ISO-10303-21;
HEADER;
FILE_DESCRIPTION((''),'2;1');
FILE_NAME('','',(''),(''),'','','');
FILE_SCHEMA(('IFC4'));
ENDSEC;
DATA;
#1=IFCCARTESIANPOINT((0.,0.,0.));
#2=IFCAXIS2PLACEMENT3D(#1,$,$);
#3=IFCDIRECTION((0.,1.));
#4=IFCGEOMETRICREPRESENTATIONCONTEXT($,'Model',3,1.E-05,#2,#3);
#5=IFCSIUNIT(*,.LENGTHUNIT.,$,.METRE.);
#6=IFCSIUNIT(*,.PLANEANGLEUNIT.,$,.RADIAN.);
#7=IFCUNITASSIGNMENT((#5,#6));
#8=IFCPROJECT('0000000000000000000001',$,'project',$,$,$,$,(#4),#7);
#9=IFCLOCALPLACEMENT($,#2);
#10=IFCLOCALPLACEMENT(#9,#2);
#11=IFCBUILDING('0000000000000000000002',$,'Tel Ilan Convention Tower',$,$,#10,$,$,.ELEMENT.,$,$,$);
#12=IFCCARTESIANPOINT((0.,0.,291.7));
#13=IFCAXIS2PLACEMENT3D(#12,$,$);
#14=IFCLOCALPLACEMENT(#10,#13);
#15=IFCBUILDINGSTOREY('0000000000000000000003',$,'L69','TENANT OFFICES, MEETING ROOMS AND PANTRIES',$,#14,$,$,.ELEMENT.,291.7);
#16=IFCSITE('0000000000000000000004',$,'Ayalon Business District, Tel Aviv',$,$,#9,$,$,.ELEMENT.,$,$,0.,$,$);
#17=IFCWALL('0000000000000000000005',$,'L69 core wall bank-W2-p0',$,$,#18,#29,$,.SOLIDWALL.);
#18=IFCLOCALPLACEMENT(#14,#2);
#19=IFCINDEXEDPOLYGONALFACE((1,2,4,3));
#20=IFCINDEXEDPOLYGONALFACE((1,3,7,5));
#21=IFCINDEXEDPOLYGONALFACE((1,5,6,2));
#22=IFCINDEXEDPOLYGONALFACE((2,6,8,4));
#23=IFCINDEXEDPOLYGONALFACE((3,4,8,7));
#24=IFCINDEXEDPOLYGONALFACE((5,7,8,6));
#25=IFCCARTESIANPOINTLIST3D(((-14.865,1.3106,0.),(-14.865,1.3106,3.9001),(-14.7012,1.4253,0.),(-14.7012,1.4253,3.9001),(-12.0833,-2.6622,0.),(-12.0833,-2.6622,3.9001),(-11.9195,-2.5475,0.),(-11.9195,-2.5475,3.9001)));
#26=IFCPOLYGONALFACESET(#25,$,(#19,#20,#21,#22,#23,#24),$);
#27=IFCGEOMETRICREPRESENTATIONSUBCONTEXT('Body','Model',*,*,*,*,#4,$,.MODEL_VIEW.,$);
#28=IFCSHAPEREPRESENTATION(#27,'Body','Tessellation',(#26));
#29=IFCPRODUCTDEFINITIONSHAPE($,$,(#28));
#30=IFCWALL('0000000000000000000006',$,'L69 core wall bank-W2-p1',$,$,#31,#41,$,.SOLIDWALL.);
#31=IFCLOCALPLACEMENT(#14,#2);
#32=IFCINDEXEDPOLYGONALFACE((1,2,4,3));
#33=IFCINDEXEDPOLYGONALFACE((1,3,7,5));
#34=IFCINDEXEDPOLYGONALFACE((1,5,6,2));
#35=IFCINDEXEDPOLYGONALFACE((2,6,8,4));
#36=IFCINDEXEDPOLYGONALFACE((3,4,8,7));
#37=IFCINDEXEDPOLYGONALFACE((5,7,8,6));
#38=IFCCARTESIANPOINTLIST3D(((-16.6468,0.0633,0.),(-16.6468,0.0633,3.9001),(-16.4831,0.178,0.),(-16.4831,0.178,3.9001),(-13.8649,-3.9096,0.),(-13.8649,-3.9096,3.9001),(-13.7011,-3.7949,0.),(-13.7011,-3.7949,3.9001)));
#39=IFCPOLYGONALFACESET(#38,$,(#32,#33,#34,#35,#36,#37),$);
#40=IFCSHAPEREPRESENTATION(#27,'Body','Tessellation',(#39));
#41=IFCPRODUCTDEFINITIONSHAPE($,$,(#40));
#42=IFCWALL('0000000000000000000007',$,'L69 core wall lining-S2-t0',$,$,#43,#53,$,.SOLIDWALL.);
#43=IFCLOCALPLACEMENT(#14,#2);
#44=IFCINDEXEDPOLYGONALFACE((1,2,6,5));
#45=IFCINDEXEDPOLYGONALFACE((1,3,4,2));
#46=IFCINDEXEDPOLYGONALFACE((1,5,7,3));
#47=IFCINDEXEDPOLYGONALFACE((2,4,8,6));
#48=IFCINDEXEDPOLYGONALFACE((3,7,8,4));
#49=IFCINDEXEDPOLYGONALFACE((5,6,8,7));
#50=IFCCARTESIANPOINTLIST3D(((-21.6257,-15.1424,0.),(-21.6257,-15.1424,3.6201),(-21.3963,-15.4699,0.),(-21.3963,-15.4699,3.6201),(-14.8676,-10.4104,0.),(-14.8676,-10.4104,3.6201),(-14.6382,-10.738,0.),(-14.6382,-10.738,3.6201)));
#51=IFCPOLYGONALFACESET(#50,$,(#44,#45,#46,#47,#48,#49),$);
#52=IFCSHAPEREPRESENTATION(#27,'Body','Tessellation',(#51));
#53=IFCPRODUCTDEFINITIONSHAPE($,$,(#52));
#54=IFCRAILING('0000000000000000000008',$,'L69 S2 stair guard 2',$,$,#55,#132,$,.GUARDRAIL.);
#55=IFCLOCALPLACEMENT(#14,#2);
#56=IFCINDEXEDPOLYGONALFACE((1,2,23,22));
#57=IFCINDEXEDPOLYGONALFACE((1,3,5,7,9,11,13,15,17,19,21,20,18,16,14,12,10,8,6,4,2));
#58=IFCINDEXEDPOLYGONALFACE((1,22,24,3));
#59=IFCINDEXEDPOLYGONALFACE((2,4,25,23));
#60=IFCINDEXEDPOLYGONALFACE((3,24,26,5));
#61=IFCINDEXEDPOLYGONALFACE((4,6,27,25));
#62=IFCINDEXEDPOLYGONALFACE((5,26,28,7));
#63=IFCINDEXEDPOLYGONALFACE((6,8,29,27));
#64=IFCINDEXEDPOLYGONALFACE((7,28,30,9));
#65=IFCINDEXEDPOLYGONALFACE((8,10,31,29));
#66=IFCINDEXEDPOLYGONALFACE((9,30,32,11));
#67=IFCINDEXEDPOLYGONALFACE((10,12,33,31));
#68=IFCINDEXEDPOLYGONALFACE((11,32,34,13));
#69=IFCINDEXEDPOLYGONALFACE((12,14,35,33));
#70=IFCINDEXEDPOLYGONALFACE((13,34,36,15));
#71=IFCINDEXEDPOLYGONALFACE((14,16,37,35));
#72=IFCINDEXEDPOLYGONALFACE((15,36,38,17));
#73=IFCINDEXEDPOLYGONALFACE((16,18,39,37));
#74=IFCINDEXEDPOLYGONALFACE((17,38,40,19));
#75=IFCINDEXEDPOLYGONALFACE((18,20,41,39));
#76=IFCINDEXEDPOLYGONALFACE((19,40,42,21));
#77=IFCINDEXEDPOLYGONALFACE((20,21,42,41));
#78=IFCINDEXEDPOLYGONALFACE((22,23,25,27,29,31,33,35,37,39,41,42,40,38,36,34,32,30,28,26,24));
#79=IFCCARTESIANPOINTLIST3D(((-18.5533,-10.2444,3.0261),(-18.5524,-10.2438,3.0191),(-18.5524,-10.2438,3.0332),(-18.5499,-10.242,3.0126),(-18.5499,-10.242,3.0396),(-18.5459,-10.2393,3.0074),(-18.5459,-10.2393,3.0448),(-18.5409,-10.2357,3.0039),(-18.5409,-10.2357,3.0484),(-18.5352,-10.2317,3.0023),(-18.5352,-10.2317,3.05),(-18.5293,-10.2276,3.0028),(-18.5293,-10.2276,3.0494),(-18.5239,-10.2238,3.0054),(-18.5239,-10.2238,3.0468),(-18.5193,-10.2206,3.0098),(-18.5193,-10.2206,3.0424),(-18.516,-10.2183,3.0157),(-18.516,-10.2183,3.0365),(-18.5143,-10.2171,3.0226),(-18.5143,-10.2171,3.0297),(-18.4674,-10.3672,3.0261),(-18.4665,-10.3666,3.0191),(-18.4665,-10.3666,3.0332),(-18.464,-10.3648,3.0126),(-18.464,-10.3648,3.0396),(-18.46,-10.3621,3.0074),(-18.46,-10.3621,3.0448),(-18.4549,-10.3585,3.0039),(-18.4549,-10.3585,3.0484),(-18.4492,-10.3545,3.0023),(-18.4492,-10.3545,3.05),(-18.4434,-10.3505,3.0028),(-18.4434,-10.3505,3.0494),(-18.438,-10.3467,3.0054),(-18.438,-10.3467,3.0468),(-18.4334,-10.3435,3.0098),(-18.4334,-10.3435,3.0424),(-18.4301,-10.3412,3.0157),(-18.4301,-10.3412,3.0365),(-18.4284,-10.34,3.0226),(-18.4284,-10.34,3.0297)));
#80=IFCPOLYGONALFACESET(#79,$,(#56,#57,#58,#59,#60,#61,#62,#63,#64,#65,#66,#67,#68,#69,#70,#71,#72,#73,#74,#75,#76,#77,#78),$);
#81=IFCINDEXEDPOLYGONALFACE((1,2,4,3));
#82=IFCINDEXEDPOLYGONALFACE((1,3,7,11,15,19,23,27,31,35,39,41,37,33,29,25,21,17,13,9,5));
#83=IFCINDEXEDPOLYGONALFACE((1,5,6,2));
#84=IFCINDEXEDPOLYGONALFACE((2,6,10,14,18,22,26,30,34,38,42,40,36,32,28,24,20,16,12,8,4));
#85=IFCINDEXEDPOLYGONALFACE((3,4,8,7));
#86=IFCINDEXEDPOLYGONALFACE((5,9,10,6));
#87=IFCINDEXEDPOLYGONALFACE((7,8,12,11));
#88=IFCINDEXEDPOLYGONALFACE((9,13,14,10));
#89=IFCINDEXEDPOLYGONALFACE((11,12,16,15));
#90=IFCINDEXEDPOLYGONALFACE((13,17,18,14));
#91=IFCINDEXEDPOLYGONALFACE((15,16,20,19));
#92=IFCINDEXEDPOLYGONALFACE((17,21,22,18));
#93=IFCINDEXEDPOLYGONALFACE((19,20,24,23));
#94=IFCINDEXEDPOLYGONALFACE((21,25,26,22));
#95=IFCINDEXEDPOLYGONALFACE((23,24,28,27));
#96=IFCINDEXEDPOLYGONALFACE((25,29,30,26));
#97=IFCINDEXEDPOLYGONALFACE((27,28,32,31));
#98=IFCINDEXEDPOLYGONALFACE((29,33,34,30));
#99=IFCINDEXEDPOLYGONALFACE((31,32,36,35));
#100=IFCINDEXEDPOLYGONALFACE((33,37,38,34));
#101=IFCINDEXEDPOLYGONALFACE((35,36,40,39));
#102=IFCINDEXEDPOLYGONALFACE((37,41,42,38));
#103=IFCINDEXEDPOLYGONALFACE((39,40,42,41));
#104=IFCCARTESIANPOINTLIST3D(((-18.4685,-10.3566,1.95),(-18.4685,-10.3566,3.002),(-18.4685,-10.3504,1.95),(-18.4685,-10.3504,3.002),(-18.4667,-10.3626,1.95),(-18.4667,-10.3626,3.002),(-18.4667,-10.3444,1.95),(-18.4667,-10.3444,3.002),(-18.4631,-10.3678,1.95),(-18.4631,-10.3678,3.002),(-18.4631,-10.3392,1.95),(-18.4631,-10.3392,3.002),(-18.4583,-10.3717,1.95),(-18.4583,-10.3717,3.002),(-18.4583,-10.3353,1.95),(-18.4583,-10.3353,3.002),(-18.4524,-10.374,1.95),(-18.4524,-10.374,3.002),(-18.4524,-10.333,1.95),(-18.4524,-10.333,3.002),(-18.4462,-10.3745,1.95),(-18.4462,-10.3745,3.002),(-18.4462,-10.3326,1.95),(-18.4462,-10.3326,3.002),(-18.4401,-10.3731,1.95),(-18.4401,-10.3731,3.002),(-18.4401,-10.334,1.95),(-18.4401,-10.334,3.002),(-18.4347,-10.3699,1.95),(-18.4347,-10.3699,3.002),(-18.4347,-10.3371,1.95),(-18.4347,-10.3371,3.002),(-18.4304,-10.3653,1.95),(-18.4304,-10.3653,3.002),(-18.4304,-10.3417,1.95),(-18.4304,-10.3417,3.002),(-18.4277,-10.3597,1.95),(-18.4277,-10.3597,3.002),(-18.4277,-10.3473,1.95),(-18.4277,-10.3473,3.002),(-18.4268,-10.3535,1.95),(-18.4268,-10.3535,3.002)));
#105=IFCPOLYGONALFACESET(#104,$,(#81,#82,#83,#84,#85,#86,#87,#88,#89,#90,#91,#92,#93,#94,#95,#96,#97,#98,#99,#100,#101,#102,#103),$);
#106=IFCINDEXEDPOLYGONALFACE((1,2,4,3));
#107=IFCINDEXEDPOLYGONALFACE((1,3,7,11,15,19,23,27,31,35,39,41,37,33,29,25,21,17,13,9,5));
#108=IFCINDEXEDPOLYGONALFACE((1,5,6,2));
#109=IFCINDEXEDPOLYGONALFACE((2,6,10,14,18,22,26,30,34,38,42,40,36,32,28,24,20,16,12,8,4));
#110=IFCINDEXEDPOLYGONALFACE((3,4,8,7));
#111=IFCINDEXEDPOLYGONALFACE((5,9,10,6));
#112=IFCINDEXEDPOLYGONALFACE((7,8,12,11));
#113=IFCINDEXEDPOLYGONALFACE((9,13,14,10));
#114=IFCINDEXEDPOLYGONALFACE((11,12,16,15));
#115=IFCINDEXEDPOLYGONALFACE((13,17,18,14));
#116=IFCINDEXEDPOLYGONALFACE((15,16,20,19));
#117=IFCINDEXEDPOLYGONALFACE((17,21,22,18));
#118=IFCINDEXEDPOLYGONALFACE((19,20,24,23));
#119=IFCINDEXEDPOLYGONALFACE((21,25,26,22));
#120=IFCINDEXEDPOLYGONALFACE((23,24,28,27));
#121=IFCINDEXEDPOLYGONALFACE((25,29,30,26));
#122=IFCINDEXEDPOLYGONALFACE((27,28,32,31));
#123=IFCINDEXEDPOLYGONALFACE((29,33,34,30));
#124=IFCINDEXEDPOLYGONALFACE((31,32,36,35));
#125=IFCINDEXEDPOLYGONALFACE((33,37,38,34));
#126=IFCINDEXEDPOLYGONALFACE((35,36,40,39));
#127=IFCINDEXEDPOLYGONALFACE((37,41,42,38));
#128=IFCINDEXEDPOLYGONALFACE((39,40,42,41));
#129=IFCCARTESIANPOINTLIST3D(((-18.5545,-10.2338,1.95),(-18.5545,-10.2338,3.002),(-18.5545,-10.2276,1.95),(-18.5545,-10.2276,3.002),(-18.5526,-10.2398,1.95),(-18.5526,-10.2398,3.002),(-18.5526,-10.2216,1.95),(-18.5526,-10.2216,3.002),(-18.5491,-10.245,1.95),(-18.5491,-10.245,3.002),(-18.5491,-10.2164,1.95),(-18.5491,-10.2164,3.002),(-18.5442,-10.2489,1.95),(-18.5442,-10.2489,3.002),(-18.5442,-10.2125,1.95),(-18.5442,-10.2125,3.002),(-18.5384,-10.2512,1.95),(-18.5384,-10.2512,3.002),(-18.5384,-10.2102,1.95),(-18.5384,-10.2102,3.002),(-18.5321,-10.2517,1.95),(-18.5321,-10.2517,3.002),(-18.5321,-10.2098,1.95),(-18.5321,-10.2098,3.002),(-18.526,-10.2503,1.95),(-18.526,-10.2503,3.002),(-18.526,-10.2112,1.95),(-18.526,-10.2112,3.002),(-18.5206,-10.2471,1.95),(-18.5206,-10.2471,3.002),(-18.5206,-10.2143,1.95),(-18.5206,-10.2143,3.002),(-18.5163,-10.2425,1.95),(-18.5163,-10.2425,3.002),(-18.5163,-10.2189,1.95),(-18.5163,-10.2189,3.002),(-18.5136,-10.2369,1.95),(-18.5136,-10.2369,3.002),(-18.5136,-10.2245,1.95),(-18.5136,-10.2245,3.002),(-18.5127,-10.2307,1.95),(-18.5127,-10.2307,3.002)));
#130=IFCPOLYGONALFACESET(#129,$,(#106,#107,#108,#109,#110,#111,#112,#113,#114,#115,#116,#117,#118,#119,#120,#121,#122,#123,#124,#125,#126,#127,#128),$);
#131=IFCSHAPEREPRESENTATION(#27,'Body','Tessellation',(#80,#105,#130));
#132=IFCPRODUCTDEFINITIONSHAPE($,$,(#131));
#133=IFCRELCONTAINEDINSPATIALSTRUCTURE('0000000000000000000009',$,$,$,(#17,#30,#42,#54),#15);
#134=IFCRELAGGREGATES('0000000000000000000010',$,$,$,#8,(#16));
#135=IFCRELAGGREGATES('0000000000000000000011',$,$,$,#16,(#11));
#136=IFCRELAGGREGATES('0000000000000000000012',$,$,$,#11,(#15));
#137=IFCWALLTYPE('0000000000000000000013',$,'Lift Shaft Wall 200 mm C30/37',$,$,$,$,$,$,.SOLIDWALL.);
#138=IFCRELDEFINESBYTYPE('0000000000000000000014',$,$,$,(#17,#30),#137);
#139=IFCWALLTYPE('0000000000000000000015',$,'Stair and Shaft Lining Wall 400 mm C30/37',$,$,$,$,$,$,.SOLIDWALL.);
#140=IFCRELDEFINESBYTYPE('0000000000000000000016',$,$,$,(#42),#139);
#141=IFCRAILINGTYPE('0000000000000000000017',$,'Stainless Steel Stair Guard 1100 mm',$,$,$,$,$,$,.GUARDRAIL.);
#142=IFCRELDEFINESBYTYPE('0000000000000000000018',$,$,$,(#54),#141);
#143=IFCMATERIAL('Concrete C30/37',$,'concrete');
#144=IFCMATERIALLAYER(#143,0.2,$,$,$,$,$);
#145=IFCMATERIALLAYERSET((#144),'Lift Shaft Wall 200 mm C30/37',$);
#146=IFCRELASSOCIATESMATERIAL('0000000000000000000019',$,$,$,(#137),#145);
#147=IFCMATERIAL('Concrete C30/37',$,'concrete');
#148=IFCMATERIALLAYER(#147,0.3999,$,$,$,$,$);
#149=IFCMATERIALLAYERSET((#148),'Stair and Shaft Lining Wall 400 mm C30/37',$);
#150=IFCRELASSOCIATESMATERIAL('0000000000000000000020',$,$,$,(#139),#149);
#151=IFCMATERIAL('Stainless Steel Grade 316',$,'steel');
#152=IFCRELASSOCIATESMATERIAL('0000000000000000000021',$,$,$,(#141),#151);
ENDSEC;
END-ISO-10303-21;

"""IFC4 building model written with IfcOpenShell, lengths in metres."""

from ifc_helpers import new_model, si_unit, direction, frame, frame_2d, origin, origin_2d, place, context, subcontext, project, spatial, rectangle, circle, extrude, material, layer, layer_set, type_object, element, save


model = new_model("IFC4")

# Units and contexts
model_context = context("Model", 3, precision=1e-05, world=origin(), true_north=direction((0.0, 1.0)))
body_context = subcontext(model_context, "Body", "Model", "MODEL_VIEW")
ifc_project = project(units=[si_unit("LENGTHUNIT", "METRE"), si_unit("PLANEANGLEUNIT", "RADIAN")], contexts=[model_context])

# Site, building, storey
site_placement = place(None, origin())
site = spatial("IfcSite", under=ifc_project, at=site_placement, Name="Ayalon Business District, Tel Aviv", CompositionType="ELEMENT", RefElevation=0.0)
building_placement = place(site_placement, origin())
building = spatial("IfcBuilding", under=site, at=building_placement, Name="Tel Ilan Convention Tower", CompositionType="ELEMENT")
storey_placement = place(building_placement, frame((0.0, 0.0, 291.7)))
storey = spatial("IfcBuildingStorey", under=building, at=storey_placement, Name="L69", Description="TENANT OFFICES, MEETING ROOMS AND PANTRIES", CompositionType="ELEMENT", Elevation=291.7)

# Walls
ifc_material_1 = material(Name="Concrete C30/37", Category="concrete")
ifc_layer_1 = layer(ifc_material_1, 0.2)
ifc_layer_set_1 = layer_set([ifc_layer_1], Name="Lift Shaft Wall 200 mm C30/37")
wall_type_1 = type_object("IfcWallType", Name="Lift Shaft Wall 200 mm C30/37", PredefinedType="SOLIDWALL", material=ifc_layer_set_1)
wall_1_placement = place(storey_placement, frame((-12.0015, -2.6047, 0.0), z_axis=(0.0, 0.0, 1.0), x_axis=(-0.57356, 0.819163, 0.0)))
element("IfcWall", 1, at=wall_1_placement, inside=storey, type_object=wall_type_1, Name="L69 core wall bank-W2-p0", PredefinedType="SOLIDWALL", context=body_context, shape_type="SweptSolid", body=[
    extrude(rectangle(XDim=4.8499, YDim=0.2, at=frame_2d((2.4248, 0.0))), origin(), (0.0, 0.0, 1.0), 3.9001),
])
wall_2_placement = place(storey_placement, frame((-13.783, -3.8523, 0.0), z_axis=(0.0, 0.0, 1.0), x_axis=(-0.573594, 0.81914, 0.0)))
element("IfcWall", 2, at=wall_2_placement, inside=storey, type_object=wall_type_1, Name="L69 core wall bank-W2-p1", PredefinedType="SOLIDWALL", context=body_context, shape_type="SweptSolid", body=[
    extrude(rectangle(XDim=4.8501, YDim=0.2, at=frame_2d((2.425, 0.0))), origin(), (0.0, 0.0, 1.0), 3.9001),
])
ifc_material_2 = material(Name="Concrete C30/37", Category="concrete")
ifc_layer_2 = layer(ifc_material_2, 0.3999)
ifc_layer_set_2 = layer_set([ifc_layer_2], Name="Stair and Shaft Lining Wall 400 mm C30/37")
wall_type_2 = type_object("IfcWallType", Name="Stair and Shaft Lining Wall 400 mm C30/37", PredefinedType="SOLIDWALL", material=ifc_layer_set_2)
wall_3_placement = place(storey_placement, frame((-14.7529, -10.5742, 0.0), z_axis=(0.0, 0.0, 1.0), x_axis=(-0.819158, -0.573568, 0.0)))
element("IfcWall", 3, at=wall_3_placement, inside=storey, type_object=wall_type_2, Name="L69 core wall lining-S2-t0", PredefinedType="SOLIDWALL", context=body_context, shape_type="SweptSolid", body=[
    extrude(rectangle(XDim=8.25, YDim=0.3999, at=frame_2d((4.125, 0.0))), origin(), (0.0, 0.0, 1.0), 3.6201),
])

# Railing
ifc_material_3 = material(Name="Stainless Steel Grade 316", Category="steel")
railing_type = type_object("IfcRailingType", Name="Stainless Steel Stair Guard 1100 mm", PredefinedType="GUARDRAIL", material=ifc_material_3)
railing_1_placement = place(storey_placement, frame((-18.4478, -10.3535, 1.95)))
element("IfcRailing", 4, at=railing_1_placement, inside=storey, type_object=railing_type, Name="L69 S2 stair guard 2", PredefinedType="GUARDRAIL", context=body_context, shape_type="SweptSolid", body=[
    extrude(circle(Radius=0.0239, at=origin_2d()), frame((0.0, 0.0, 1.0762), z_axis=(-0.573353, 0.819308, 0.0), x_axis=(-0.819308, -0.573353, 0.0)), (0.0, 0.0, 1.0), 0.1499),
    extrude(circle(Radius=0.021, at=origin_2d()), origin(), (0.0, 0.0, 1.0), 1.052),
    extrude(circle(Radius=0.021, at=origin_2d()), frame((-0.0859, 0.1228, 0.0)), (0.0, 0.0, 1.0), 1.052),
])

save(model, "model.ifc")
